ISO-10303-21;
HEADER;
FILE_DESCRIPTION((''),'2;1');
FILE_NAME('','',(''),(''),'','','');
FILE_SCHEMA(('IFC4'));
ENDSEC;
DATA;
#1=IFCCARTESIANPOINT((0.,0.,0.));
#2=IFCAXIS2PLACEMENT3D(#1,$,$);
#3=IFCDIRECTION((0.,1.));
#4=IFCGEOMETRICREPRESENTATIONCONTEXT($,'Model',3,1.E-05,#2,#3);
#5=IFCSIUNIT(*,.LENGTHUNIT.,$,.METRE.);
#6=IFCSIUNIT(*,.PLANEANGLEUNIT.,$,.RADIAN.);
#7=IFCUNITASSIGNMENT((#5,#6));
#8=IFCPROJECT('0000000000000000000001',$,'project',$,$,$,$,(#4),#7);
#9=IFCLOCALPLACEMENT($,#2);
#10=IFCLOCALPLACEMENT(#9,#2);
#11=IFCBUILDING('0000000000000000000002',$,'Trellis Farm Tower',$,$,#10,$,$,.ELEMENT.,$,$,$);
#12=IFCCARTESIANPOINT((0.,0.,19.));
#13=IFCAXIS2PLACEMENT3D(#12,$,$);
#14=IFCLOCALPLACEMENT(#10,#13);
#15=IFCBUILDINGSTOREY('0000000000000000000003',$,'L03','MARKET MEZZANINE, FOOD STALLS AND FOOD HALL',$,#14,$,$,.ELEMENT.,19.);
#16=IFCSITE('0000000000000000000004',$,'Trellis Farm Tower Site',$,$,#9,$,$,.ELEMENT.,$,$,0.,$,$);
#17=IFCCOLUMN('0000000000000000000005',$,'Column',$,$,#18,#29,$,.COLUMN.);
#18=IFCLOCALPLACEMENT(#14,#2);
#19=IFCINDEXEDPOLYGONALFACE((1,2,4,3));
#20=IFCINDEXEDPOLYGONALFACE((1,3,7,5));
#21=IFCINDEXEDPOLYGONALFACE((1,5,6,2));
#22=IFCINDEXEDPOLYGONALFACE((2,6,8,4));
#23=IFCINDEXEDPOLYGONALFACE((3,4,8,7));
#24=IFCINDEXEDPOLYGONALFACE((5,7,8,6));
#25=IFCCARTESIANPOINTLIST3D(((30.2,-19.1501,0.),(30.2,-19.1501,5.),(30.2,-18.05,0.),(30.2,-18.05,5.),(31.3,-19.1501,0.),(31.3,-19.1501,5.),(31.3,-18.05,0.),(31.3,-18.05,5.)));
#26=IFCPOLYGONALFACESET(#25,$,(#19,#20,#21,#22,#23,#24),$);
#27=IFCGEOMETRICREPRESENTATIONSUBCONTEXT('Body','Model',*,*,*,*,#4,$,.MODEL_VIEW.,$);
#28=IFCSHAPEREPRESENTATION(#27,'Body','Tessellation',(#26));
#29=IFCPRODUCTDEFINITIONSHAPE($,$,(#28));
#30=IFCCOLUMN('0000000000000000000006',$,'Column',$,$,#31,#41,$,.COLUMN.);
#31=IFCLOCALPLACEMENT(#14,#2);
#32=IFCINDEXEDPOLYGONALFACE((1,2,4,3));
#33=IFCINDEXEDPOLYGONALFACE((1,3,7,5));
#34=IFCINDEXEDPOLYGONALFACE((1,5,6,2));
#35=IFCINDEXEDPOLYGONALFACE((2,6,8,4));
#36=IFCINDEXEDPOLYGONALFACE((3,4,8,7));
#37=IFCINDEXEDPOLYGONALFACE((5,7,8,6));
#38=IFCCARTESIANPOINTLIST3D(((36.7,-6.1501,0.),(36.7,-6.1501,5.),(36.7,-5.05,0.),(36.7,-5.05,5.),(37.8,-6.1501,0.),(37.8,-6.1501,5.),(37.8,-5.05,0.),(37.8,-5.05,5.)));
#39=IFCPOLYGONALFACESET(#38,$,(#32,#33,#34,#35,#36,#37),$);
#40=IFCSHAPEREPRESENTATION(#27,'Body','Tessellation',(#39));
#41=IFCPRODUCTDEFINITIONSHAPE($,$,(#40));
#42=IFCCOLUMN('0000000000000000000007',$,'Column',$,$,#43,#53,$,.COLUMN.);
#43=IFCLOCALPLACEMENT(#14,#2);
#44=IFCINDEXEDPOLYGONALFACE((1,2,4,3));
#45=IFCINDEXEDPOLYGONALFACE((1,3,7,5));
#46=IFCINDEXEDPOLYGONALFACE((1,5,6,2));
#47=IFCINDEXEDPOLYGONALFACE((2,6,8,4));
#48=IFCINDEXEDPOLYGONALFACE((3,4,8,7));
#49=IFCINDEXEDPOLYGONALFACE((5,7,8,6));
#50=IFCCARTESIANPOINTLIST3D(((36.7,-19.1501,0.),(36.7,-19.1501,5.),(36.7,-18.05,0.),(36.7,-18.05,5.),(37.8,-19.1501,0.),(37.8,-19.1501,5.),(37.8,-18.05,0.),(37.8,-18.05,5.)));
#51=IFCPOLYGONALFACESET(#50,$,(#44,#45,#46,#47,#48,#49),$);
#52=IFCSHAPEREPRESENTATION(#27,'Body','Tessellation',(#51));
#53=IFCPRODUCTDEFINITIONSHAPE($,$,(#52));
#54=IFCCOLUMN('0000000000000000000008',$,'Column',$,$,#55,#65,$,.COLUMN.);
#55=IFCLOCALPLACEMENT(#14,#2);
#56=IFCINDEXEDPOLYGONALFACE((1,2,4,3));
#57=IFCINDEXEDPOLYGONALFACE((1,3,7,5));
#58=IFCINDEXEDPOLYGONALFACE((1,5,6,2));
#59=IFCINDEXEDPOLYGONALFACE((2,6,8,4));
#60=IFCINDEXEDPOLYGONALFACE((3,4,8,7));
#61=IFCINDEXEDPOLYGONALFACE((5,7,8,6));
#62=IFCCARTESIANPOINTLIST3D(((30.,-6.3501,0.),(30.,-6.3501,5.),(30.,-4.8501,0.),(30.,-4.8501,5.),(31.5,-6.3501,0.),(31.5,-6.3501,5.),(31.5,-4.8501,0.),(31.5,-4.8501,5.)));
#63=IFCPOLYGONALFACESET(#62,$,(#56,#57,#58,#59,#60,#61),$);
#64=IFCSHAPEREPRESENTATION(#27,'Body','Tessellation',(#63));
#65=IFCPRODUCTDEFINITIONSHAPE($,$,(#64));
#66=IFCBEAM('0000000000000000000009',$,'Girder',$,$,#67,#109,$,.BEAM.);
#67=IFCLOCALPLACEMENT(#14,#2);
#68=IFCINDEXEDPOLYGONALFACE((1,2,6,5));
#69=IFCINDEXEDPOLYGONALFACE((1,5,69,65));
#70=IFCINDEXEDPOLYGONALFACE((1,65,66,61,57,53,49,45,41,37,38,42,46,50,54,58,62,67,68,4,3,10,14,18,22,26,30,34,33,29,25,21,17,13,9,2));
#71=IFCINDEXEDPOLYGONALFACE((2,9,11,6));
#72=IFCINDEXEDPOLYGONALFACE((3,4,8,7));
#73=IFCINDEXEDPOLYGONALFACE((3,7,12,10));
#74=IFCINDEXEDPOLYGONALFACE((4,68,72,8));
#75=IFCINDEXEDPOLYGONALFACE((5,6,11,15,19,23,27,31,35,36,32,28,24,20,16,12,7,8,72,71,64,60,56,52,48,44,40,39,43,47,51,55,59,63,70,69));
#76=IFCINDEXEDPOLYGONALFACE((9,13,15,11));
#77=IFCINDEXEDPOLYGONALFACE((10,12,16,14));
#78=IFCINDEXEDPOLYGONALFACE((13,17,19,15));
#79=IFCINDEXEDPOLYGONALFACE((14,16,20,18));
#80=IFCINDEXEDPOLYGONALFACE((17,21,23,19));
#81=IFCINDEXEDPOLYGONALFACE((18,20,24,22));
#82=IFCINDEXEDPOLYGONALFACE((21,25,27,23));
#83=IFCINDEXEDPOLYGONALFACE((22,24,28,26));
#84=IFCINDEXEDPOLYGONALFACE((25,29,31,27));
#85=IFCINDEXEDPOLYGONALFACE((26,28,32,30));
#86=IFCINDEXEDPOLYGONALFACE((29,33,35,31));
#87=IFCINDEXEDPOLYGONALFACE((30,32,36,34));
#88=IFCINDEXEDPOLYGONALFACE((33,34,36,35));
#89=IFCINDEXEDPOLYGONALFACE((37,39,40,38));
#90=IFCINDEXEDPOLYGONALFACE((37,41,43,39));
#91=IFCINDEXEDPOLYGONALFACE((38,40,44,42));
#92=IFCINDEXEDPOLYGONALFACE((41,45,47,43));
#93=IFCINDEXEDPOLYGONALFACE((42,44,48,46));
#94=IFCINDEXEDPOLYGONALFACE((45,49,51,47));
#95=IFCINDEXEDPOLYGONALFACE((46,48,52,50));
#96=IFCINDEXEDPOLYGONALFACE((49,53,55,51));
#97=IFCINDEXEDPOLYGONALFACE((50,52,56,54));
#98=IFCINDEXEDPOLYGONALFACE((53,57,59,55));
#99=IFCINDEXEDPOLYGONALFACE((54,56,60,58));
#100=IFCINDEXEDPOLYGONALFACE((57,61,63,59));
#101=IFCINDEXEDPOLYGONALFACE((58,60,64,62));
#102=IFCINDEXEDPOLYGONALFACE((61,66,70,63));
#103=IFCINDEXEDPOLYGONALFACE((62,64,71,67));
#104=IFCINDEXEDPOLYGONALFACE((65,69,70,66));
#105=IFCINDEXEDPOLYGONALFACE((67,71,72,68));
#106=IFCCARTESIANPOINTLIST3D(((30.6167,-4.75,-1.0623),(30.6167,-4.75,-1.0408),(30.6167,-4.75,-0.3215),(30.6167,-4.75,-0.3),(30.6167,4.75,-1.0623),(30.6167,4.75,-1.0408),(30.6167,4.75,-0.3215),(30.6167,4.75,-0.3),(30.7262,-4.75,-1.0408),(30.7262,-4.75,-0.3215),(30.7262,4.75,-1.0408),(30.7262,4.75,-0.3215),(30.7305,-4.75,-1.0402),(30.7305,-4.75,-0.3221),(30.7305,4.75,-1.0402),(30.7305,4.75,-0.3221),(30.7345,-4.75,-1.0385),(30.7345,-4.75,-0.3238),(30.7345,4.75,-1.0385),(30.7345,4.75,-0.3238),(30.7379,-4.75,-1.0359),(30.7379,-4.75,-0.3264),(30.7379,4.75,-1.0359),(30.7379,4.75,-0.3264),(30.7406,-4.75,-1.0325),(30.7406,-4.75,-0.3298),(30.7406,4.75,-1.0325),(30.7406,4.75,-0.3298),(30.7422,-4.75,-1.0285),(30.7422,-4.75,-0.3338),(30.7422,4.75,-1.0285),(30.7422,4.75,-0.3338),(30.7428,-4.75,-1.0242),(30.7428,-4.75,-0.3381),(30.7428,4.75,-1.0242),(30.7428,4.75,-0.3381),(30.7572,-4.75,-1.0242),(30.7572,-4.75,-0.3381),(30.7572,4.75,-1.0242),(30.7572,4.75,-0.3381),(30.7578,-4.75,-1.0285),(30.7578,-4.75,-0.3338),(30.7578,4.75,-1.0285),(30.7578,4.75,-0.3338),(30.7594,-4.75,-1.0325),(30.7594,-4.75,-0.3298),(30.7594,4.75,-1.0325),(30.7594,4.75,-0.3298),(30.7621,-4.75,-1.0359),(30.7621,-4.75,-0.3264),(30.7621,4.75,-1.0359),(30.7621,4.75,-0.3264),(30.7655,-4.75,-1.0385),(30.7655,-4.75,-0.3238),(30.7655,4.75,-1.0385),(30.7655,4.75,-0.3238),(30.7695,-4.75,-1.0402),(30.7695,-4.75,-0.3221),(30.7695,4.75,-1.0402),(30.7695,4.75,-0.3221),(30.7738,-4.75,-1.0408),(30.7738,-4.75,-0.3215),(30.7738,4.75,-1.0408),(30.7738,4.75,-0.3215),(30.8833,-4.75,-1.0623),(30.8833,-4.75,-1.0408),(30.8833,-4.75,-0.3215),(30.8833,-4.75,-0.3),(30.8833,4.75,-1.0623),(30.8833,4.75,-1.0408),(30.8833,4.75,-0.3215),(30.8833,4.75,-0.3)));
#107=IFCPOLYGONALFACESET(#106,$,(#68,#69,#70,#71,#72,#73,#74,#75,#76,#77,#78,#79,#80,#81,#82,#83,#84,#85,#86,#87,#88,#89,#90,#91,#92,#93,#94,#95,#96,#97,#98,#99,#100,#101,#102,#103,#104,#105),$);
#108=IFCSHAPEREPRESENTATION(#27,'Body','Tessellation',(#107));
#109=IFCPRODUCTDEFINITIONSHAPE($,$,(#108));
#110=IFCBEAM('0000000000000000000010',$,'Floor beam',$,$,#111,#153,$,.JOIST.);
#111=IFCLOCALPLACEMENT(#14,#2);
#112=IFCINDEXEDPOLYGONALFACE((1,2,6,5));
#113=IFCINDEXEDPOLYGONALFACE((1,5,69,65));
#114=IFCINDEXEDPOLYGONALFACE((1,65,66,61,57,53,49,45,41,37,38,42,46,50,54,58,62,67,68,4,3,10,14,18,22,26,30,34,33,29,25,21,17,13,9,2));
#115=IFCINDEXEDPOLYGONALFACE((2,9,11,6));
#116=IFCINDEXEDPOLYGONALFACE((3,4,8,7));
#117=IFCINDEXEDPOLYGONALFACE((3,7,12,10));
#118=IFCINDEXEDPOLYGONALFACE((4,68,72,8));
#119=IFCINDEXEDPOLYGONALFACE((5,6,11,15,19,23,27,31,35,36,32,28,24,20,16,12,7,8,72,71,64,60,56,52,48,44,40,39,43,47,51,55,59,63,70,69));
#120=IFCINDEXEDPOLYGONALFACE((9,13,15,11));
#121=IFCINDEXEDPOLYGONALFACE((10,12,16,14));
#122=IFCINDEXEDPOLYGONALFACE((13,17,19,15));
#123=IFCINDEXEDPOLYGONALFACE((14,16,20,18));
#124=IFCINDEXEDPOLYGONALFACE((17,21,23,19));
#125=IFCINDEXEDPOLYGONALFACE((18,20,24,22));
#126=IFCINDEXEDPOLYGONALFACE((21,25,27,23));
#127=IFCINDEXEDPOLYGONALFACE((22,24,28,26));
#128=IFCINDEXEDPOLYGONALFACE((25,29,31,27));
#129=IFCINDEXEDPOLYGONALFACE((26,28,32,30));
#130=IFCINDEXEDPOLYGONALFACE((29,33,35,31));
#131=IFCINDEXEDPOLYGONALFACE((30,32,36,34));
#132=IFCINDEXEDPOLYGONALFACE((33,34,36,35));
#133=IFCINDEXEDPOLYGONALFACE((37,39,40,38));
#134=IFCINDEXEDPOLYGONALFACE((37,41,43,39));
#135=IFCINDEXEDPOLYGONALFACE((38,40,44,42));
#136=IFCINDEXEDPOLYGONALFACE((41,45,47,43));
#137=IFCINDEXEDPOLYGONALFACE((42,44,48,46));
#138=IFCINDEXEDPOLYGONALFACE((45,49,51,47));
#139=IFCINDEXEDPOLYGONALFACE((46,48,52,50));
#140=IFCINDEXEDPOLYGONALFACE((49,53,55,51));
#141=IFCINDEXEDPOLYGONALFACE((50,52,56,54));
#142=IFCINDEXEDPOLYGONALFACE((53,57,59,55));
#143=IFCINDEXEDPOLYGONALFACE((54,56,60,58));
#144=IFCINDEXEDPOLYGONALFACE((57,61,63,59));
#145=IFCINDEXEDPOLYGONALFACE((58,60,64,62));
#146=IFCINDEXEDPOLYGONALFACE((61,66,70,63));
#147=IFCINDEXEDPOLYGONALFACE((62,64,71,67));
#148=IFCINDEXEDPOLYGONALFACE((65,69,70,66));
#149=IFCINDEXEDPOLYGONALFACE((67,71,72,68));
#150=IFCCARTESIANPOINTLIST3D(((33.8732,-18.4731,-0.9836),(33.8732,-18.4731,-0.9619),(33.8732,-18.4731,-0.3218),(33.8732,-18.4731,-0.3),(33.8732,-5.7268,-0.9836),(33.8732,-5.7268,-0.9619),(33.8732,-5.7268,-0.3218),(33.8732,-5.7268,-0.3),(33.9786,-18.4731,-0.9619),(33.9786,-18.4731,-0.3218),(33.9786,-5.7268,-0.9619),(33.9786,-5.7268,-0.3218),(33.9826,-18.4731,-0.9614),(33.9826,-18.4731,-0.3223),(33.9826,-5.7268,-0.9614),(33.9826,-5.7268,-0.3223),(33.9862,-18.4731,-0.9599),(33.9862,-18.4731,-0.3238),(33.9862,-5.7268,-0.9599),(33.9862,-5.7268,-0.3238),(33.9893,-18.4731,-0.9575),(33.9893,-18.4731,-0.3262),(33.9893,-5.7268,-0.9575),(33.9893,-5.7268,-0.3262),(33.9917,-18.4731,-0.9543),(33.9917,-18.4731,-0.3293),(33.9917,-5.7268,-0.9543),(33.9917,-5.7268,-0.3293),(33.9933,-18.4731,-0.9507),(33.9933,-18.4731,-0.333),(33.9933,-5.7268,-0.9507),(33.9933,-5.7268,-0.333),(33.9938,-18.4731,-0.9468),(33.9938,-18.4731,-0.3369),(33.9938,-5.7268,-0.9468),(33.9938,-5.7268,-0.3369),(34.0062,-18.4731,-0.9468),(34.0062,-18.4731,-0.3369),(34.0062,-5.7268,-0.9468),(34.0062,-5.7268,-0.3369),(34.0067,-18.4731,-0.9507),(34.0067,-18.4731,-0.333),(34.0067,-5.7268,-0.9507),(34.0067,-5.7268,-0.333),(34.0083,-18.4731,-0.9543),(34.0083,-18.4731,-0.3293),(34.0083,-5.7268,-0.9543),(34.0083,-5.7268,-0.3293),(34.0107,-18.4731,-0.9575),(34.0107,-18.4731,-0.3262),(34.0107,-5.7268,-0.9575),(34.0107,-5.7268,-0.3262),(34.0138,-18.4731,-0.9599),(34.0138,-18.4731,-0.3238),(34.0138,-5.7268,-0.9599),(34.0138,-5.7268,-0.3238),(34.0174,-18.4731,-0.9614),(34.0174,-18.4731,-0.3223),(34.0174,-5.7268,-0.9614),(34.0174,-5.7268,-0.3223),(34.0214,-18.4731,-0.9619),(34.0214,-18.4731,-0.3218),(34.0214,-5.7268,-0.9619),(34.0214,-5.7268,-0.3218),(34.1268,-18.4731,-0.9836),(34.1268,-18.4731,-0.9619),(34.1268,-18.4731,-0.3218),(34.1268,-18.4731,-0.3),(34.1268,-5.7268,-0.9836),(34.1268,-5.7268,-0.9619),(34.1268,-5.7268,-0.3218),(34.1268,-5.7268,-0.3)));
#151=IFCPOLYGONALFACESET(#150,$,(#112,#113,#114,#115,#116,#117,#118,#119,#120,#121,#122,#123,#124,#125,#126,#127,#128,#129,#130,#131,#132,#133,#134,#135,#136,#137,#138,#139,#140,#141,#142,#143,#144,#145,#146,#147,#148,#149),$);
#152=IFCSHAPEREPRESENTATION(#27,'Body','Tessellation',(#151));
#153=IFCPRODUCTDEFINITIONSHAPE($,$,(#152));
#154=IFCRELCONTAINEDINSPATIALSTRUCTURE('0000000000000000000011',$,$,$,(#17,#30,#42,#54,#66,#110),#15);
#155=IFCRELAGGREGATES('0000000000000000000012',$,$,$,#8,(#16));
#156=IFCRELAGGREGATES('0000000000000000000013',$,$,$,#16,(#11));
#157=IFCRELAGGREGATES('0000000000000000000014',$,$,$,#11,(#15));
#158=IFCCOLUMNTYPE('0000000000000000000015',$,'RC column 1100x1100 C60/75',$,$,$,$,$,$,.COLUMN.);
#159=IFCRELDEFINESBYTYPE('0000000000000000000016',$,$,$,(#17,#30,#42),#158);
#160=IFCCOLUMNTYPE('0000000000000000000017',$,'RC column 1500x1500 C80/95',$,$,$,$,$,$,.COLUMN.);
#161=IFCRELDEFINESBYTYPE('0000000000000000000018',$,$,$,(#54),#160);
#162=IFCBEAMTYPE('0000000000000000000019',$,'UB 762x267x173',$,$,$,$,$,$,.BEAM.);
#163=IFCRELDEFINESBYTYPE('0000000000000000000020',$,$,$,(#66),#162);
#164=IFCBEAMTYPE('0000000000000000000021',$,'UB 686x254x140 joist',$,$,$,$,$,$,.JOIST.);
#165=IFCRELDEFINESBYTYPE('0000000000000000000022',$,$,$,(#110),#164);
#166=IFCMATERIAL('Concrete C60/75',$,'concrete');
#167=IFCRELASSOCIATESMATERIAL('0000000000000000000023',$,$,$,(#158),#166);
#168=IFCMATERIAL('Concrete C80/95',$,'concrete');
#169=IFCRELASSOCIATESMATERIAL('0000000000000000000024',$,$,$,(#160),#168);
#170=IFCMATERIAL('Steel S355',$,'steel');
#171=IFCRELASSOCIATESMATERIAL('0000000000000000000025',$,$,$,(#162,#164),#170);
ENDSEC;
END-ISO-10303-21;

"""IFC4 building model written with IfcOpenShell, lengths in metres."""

from ifc_helpers import new_model, si_unit, direction, frame, origin, origin_2d, place, context, subcontext, project, spatial, rectangle, i_section, extrude, source, transform, mapped, material, material_profile, profile_set, type_object, element, save


model = new_model("IFC4")

# Units and contexts
model_context = context("Model", 3, precision=1e-05, world=origin(), true_north=direction((0.0, 1.0)))
body_context = subcontext(model_context, "Body", "Model", "MODEL_VIEW")
ifc_project = project(units=[si_unit("LENGTHUNIT", "METRE"), si_unit("PLANEANGLEUNIT", "RADIAN")], contexts=[model_context])

# Site, building, storey
site_placement = place(None, origin())
site = spatial("IfcSite", under=ifc_project, at=site_placement, Name="Trellis Farm Tower Site", CompositionType="ELEMENT", RefElevation=0.0)
building_placement = place(site_placement, origin())
building = spatial("IfcBuilding", under=site, at=building_placement, Name="Trellis Farm Tower", CompositionType="ELEMENT")
storey_placement = place(building_placement, frame((0.0, 0.0, 19.0)))
storey = spatial("IfcBuildingStorey", under=building, at=storey_placement, Name="L03", Description="MARKET MEZZANINE, FOOD STALLS AND FOOD HALL", CompositionType="ELEMENT", Elevation=19.0)

# Columns
ifc_material_1 = material(Name="Concrete C60/75", Category="concrete")
ifc_material_profile_1 = material_profile(ifc_material_1, rectangle(XDim=1.1001, YDim=1.1001, at=origin_2d()), Name="RC column 1100x1100 C60/75")
ifc_profile_set_1 = profile_set([ifc_material_profile_1], Name="Concrete C60/75")
column_type_1 = type_object("IfcColumnType", Name="RC column 1100x1100 C60/75", PredefinedType="COLUMN", material=ifc_profile_set_1)
shared_shape_1 = source(origin(), body_context, "Body", "SweptSolid", [
    extrude(rectangle(XDim=1.1001, YDim=1.1001, at=origin_2d()), origin(), (0.0, 0.0, 1.0), 5.0),
])
for number, where, z_axis, x_axis, name in (
    (1, (30.75, -18.6001, 0.0), (0.0, 0.0, 1.0), (1.0, 0.0, 0.0), "Column"),
    (2, (37.25, -5.6001, 0.0), (0.0, 0.0, 1.0), (1.0, 0.0, 0.0), "Column"),
    (3, (37.25, -18.6001, 0.0), (0.0, 0.0, 1.0), (1.0, 0.0, 0.0), "Column"),
):
    element("IfcColumn", number, at=place(storey_placement, frame(where, z_axis=z_axis, x_axis=x_axis)), inside=storey, type_object=column_type_1, Name=name, PredefinedType="COLUMN", context=body_context, shape_type="MappedRepresentation", body=[
        mapped(shared_shape_1, transform((0.0, 0.0, 0.0))),
    ])
ifc_material_2 = material(Name="Concrete C80/95", Category="concrete")
ifc_material_profile_2 = material_profile(ifc_material_2, rectangle(XDim=1.5, YDim=1.5, at=origin_2d()), Name="RC column 1500x1500 C80/95")
ifc_profile_set_2 = profile_set([ifc_material_profile_2], Name="Concrete C80/95")
column_type_2 = type_object("IfcColumnType", Name="RC column 1500x1500 C80/95", PredefinedType="COLUMN", material=ifc_profile_set_2)
shared_shape_2 = source(origin(), body_context, "Body", "SweptSolid", [
    extrude(rectangle(XDim=1.5, YDim=1.5, at=origin_2d()), origin(), (0.0, 0.0, 1.0), 5.0),
])
column_placement = place(storey_placement, frame((30.75, -5.6001, 0.0), z_axis=(0.0, 0.0, 1.0), x_axis=(1.0, 0.0, 0.0)))
element("IfcColumn", 4, at=column_placement, inside=storey, type_object=column_type_2, Name="Column", PredefinedType="COLUMN", context=body_context, shape_type="MappedRepresentation", body=[
    mapped(shared_shape_2, transform((0.0, 0.0, 0.0))),
])

# Beams
ifc_material_3 = material(Name="Steel S355", Category="steel")
ifc_material_profile_3 = material_profile(ifc_material_3, i_section(OverallWidth=0.2666, OverallDepth=0.7622, WebThickness=0.0144, FlangeThickness=0.0215, FilletRadius=0.0166, at=origin_2d()), Name="UB 762x267x173")
ifc_profile_set_3 = profile_set([ifc_material_profile_3], Name="Steel S355")
beam_type_1 = type_object("IfcBeamType", Name="UB 762x267x173", PredefinedType="BEAM", material=ifc_profile_set_3)
shared_shape_3 = source(origin(), body_context, "Body", "SweptSolid", [
    extrude(i_section(OverallWidth=0.2666, OverallDepth=0.7622, WebThickness=0.0144, FlangeThickness=0.0215, FilletRadius=0.0166, at=origin_2d()), origin(), (0.0, 0.0, 1.0), 9.5),
])
beam_1_placement = place(storey_placement, frame((30.75, -4.75, -0.6812), z_axis=(0.0, 1.0, 0.0), x_axis=(-1.0, 0.0, 0.0)))
element("IfcBeam", 5, at=beam_1_placement, inside=storey, type_object=beam_type_1, Name="Girder", PredefinedType="BEAM", context=body_context, shape_type="MappedRepresentation", body=[
    mapped(shared_shape_3, transform((0.0, 0.0, 0.0))),
])
ifc_material_profile_4 = material_profile(ifc_material_3, i_section(OverallWidth=0.2537, OverallDepth=0.6836, WebThickness=0.0125, FlangeThickness=0.0217, FilletRadius=0.0151, at=origin_2d()), Name="UB 686x254x140")
ifc_profile_set_4 = profile_set([ifc_material_profile_4], Name="Steel S355")
beam_type_2 = type_object("IfcBeamType", Name="UB 686x254x140 joist", PredefinedType="JOIST", material=ifc_profile_set_4)
shared_shape_4 = source(origin(), body_context, "Body", "SweptSolid", [
    extrude(i_section(OverallWidth=0.2537, OverallDepth=0.6836, WebThickness=0.0125, FlangeThickness=0.0217, FilletRadius=0.0151, at=origin_2d()), origin(), (0.0, 0.0, 1.0), 12.7463),
])
beam_2_placement = place(storey_placement, frame((34.0, -18.4731, -0.6418), z_axis=(0.0, 1.0, 0.0), x_axis=(-1.0, 0.0, 0.0)))
element("IfcBeam", 6, at=beam_2_placement, inside=storey, type_object=beam_type_2, Name="Floor beam", PredefinedType="JOIST", context=body_context, shape_type="MappedRepresentation", body=[
    mapped(shared_shape_4, transform((0.0, 0.0, 0.0))),
])

save(model, "model.ifc")
